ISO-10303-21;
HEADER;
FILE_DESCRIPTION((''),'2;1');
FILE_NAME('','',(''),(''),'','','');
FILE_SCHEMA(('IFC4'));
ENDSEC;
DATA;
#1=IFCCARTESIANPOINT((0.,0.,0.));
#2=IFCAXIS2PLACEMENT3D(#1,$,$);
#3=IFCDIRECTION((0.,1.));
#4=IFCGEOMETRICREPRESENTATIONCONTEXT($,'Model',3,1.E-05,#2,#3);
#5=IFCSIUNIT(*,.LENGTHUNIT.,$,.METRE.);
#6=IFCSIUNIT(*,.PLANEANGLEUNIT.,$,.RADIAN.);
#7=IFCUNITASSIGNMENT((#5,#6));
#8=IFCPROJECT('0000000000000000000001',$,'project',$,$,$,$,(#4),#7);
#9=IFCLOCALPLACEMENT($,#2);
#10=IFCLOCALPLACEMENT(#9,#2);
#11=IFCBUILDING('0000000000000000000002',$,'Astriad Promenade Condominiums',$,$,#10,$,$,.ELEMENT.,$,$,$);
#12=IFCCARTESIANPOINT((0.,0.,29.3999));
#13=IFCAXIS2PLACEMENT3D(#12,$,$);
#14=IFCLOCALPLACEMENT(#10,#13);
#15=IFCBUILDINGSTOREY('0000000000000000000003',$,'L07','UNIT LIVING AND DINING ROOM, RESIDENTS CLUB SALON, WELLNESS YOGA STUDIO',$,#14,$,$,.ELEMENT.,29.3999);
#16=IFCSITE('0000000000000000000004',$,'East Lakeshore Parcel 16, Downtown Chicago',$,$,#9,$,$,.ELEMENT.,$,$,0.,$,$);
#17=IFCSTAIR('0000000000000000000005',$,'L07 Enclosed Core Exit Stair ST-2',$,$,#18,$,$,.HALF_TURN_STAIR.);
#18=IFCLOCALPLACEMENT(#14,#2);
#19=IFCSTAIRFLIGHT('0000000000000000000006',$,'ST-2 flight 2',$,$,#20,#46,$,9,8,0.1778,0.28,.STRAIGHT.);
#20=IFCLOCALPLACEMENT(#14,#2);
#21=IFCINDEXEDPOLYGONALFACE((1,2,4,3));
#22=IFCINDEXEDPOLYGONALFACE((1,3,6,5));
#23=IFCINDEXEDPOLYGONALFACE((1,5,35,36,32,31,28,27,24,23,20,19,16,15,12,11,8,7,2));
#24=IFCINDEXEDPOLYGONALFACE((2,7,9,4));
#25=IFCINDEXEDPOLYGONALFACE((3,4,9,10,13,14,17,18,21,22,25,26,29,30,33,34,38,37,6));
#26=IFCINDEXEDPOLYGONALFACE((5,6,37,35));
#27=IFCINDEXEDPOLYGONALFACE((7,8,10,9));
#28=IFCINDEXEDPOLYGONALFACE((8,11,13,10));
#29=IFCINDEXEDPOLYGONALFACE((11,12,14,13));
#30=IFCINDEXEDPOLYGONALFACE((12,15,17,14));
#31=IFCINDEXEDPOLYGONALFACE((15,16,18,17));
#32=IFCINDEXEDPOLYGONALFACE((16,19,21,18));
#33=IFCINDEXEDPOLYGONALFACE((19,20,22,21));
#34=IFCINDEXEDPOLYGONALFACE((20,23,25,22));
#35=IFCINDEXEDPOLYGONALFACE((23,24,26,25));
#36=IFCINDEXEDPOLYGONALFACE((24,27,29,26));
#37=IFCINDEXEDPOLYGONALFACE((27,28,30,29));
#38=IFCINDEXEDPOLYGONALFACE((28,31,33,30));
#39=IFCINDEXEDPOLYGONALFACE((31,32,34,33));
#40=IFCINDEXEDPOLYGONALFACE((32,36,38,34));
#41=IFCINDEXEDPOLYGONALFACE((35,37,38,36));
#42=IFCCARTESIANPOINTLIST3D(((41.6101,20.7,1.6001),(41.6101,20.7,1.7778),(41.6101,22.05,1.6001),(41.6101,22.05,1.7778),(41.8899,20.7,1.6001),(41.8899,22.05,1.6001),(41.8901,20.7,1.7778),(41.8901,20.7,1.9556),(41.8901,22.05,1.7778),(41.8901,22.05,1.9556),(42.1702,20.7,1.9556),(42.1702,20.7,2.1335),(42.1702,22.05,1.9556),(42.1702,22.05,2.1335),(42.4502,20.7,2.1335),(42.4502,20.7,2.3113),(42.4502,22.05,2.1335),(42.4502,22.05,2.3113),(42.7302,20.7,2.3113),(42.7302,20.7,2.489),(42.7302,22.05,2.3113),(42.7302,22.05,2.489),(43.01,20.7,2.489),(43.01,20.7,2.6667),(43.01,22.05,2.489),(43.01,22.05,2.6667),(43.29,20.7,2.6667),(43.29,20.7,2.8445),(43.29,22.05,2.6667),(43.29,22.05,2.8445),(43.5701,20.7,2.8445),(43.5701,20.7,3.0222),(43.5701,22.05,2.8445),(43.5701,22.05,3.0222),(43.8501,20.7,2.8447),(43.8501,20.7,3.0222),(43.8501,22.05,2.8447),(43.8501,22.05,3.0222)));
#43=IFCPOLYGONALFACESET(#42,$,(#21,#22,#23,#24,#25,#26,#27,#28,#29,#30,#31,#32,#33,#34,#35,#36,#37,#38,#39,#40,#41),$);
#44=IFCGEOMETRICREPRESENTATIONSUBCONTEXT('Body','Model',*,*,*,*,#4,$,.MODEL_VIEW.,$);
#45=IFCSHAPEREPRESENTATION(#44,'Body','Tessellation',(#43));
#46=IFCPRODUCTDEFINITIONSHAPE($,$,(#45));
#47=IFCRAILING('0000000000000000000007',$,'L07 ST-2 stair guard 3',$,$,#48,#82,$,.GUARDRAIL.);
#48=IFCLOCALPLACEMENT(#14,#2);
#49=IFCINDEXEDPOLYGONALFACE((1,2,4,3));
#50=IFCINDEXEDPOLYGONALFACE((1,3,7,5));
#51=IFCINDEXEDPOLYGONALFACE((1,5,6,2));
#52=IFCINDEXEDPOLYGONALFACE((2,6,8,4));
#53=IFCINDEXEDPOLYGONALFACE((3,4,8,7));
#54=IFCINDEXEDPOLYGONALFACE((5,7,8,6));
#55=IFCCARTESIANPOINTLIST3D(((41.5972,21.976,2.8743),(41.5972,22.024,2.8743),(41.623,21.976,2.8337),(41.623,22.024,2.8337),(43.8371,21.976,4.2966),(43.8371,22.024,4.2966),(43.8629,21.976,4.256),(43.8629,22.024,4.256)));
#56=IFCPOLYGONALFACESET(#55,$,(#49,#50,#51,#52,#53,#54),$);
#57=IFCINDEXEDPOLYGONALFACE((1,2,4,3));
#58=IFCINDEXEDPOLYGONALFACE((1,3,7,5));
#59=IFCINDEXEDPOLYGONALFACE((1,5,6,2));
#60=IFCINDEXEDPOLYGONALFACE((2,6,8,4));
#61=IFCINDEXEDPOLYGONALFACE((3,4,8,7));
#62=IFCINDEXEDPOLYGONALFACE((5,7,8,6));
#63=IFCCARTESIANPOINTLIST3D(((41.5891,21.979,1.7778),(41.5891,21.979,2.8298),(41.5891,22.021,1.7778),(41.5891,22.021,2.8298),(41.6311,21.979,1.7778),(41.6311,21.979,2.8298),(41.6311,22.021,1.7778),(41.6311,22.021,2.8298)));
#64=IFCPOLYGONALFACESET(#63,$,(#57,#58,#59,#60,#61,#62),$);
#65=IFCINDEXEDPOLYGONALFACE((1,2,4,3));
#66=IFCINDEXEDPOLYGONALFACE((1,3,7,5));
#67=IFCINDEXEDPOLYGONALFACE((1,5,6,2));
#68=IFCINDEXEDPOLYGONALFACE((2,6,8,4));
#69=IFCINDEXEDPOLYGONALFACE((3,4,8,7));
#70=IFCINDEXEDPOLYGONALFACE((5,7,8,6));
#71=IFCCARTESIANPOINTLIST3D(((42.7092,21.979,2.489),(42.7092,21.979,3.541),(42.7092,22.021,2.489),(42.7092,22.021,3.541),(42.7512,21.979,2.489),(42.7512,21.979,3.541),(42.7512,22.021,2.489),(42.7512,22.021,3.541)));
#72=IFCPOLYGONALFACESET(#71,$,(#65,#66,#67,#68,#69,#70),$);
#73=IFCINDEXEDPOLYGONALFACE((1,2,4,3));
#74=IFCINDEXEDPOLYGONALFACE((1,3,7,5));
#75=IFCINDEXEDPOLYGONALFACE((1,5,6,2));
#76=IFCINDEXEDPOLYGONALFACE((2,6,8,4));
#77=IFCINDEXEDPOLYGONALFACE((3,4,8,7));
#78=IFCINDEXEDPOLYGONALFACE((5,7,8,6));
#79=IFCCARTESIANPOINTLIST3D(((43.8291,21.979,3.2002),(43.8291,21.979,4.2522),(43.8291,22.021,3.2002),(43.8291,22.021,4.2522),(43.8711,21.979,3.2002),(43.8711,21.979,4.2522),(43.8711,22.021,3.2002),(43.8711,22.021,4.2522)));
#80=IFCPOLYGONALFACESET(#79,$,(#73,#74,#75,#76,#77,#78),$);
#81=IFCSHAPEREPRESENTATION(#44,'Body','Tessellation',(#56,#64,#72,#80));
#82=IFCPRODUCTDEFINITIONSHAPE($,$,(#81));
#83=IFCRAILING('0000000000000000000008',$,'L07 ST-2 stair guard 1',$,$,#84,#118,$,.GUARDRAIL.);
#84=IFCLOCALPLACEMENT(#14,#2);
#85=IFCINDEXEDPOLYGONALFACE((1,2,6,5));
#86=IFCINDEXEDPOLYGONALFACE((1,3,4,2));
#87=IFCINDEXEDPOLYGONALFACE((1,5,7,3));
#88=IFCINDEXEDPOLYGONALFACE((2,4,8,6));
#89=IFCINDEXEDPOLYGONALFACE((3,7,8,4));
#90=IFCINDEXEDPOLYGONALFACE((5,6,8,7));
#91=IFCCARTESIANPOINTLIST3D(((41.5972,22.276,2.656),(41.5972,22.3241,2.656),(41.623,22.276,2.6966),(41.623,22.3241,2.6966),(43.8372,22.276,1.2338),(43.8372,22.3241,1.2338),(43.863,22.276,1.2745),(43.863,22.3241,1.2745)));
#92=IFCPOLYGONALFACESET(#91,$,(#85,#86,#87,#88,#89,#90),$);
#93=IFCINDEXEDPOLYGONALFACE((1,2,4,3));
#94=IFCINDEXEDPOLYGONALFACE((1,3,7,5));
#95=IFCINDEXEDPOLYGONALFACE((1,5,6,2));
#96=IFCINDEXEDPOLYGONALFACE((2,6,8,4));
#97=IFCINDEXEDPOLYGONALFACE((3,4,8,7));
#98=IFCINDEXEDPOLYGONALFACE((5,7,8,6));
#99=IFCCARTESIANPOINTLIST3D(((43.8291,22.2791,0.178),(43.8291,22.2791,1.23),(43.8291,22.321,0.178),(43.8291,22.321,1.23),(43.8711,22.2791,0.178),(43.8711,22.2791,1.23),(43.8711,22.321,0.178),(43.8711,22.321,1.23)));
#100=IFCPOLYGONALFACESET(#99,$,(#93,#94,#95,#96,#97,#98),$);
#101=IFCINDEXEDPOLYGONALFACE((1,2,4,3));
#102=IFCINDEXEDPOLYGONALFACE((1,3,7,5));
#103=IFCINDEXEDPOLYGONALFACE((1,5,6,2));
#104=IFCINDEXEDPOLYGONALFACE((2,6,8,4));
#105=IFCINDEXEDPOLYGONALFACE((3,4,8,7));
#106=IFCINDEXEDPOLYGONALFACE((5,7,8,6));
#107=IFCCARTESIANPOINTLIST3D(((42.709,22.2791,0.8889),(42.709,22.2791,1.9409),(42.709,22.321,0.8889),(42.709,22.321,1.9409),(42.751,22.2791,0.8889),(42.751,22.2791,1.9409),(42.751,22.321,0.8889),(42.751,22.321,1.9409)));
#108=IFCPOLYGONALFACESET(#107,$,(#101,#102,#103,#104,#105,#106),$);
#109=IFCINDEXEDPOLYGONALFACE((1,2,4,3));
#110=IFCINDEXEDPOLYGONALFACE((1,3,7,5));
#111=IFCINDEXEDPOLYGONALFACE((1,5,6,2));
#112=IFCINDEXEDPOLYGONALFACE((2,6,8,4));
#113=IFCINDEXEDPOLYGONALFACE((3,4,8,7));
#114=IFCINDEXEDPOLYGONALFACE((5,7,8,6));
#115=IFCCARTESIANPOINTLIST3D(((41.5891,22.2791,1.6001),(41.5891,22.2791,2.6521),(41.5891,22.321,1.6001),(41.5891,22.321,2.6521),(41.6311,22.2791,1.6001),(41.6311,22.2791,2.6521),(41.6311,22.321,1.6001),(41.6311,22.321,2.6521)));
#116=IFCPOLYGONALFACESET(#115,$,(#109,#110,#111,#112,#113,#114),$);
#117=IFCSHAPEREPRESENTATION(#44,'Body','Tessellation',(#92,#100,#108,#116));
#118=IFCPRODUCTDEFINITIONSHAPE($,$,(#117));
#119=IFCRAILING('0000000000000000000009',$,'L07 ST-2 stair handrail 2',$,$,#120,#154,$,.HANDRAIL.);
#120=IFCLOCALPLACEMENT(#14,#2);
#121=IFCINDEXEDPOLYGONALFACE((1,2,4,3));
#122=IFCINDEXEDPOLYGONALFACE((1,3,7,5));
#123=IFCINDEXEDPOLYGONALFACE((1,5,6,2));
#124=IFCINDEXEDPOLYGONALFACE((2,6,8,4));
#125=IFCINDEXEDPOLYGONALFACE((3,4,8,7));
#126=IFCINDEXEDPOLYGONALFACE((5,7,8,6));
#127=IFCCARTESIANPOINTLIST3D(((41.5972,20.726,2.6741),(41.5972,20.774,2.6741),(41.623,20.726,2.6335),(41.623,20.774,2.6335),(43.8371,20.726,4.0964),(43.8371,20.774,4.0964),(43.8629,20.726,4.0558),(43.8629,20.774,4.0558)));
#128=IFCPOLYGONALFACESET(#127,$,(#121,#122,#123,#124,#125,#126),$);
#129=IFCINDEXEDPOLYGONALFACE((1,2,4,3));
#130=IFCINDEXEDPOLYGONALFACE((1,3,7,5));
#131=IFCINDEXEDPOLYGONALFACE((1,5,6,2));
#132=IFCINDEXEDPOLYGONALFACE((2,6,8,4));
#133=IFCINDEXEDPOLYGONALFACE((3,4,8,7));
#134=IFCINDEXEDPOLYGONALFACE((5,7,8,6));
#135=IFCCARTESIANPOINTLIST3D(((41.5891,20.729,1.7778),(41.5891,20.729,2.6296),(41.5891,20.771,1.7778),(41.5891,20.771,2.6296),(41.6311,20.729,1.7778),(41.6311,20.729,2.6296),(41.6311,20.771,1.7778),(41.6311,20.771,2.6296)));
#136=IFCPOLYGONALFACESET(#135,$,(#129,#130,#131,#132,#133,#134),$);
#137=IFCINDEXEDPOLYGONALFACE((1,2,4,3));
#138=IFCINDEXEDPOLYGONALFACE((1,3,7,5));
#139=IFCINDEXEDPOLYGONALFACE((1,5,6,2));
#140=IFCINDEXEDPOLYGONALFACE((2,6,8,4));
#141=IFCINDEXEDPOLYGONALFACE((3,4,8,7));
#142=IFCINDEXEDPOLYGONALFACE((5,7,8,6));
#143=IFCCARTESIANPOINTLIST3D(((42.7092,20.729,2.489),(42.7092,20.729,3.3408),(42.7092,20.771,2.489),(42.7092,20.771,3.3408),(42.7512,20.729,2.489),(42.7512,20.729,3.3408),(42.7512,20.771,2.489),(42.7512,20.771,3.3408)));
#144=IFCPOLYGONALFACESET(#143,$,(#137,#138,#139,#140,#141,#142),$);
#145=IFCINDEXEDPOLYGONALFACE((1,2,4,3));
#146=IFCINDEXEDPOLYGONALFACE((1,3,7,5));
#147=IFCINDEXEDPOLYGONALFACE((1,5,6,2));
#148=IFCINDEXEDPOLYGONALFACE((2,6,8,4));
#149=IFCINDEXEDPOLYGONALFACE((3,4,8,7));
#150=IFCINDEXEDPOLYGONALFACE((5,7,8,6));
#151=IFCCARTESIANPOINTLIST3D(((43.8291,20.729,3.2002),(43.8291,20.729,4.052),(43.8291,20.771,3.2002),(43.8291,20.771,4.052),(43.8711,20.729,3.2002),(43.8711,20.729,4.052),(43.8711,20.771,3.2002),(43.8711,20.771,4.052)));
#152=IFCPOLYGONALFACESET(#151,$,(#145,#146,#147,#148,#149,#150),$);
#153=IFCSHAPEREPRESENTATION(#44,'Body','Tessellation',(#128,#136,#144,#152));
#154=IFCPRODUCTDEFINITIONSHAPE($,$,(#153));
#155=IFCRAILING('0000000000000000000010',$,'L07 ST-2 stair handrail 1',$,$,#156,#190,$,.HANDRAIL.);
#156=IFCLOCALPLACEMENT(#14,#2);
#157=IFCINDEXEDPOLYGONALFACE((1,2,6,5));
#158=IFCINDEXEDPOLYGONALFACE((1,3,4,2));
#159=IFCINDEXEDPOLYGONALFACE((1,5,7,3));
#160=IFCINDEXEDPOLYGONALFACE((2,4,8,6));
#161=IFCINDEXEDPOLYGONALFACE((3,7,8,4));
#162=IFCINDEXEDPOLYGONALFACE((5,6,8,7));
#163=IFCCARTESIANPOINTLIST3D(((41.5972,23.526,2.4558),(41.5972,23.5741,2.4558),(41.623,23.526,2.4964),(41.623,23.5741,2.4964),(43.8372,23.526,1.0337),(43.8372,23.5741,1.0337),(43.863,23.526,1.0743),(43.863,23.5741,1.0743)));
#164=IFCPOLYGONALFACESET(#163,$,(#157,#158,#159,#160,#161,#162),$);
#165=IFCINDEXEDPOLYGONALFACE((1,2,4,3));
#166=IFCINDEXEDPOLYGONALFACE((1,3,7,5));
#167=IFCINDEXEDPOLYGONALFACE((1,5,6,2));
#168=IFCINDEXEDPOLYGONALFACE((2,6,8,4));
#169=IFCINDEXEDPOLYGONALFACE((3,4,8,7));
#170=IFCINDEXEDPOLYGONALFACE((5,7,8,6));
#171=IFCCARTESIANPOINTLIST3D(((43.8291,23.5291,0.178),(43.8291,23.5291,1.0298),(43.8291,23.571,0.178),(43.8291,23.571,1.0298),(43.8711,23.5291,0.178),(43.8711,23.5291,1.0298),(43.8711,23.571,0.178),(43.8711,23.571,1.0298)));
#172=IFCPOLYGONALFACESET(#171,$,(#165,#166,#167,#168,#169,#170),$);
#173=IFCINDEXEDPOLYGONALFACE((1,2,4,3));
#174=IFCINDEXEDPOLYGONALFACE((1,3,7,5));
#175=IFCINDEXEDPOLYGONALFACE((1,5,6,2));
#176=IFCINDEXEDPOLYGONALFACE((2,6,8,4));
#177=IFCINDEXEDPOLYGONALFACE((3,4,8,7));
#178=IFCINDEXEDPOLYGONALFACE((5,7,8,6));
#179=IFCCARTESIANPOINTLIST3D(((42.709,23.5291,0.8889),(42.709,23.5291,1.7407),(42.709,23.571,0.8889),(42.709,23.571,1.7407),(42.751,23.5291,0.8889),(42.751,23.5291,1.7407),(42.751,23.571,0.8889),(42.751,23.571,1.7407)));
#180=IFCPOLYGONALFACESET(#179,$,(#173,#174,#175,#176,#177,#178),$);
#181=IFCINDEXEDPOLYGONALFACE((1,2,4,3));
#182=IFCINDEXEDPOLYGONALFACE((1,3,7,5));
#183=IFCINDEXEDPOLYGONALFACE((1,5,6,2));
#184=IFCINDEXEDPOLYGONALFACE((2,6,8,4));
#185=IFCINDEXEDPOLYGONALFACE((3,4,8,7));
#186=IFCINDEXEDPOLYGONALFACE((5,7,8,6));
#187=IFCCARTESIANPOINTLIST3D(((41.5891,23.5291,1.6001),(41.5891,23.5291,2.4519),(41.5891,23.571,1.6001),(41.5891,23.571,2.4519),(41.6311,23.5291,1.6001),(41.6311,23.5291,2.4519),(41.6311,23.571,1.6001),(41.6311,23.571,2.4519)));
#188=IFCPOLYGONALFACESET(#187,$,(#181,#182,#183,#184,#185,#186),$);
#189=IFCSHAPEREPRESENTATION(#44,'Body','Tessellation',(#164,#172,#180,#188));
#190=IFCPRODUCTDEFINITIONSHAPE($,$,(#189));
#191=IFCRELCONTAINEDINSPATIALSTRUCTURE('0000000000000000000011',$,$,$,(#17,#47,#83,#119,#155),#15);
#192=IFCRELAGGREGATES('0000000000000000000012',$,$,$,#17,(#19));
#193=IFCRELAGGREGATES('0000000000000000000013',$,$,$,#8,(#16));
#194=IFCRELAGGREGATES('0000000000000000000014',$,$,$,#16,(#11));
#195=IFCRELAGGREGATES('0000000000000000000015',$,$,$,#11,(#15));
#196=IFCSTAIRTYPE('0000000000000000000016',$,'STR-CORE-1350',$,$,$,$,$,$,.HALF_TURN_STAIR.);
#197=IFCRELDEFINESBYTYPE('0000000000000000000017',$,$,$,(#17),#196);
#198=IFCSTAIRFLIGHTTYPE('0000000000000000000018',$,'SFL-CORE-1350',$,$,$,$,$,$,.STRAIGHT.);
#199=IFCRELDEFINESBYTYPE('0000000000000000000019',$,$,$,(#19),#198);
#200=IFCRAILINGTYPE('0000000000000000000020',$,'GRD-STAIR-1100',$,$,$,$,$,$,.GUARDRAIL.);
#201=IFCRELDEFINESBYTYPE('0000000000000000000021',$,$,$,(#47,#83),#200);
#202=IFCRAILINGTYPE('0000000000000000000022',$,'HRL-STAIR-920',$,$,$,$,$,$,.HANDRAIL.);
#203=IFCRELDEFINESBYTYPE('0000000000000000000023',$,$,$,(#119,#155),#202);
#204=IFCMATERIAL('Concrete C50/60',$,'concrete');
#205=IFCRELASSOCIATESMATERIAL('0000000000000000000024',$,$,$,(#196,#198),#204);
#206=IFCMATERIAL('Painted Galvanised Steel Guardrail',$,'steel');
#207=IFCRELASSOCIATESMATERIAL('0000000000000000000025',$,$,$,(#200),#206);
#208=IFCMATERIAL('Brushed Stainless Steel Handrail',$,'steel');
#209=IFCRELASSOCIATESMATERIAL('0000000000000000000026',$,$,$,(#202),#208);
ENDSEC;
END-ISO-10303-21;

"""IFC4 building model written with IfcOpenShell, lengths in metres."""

from ifc_helpers import new_model, si_unit, direction, frame, origin, origin_2d, place, context, subcontext, project, spatial, polyline, rectangle, outline, extrude, source, transform, mapped, material, type_object, type_shapes, element, aggregate, save


model = new_model("IFC4")

# Units and contexts
model_context = context("Model", 3, precision=1e-05, world=origin(), true_north=direction((0.0, 1.0)))
body_context = subcontext(model_context, "Body", "Model", "MODEL_VIEW")
ifc_project = project(units=[si_unit("LENGTHUNIT", "METRE"), si_unit("PLANEANGLEUNIT", "RADIAN")], contexts=[model_context])

# Site, building, storey
site_placement = place(None, origin())
site = spatial("IfcSite", under=ifc_project, at=site_placement, Name="East Lakeshore Parcel 16, Downtown Chicago", CompositionType="ELEMENT", RefElevation=0.0)
building_placement = place(site_placement, origin())
building = spatial("IfcBuilding", under=site, at=building_placement, Name="Astriad Promenade Condominiums", CompositionType="ELEMENT")
storey_placement = place(building_placement, frame((0.0, 0.0, 29.3999)))
storey = spatial("IfcBuildingStorey", under=building, at=storey_placement, Name="L07", Description="UNIT LIVING AND DINING ROOM, RESIDENTS CLUB SALON, WELLNESS YOGA STUDIO", CompositionType="ELEMENT", Elevation=29.3999)

# Shared definitions
ifc_material_1 = material(Name="Concrete C50/60", Category="concrete")

# Stair, stair flight
stair_type = type_object("IfcStairType", Name="STR-CORE-1350", PredefinedType="HALF_TURN_STAIR", material=ifc_material_1)
stair_placement = place(storey_placement, origin())
stair = element("IfcStair", 1, at=stair_placement, inside=storey, type_object=stair_type, Name="L07 Enclosed Core Exit Stair ST-2", PredefinedType="HALF_TURN_STAIR")
stair_flight_type = type_object("IfcStairFlightType", Name="SFL-CORE-1350", PredefinedType="STRAIGHT", material=ifc_material_1)
shared_shape_1 = source(origin(), body_context, "Body", "SweptSolid", [
    extrude(outline(polyline([(0.0, 0.0), (0.0, 0.1777), (0.28, 0.1777), (0.28, 0.3555), (0.5601, 0.3555), (0.5601, 0.5334), (0.8401, 0.5334), (0.8401, 0.7112), (1.1201, 0.7112), (1.1201, 0.8889), (1.3999, 0.8889), (1.3999, 1.0667), (1.6799, 1.0667), (1.6799, 1.2444), (1.96, 1.2444), (1.96, 1.4221), (2.24, 1.4221), (2.24, 1.6001), (2.24, 1.2446), (0.2798, 0.0), (0.0, 0.0)])), frame((0.0, 0.675, 0.0), z_axis=(0.0, -1.0, 0.0), x_axis=(1.0, 0.0, 0.0)), (0.0, 0.0, 1.0), 1.3501),
])
type_shapes(stair_flight_type, [shared_shape_1])
stair_flight_1_placement = place(storey_placement, frame((41.6101, 21.375, 1.6001), z_axis=(0.0, 0.0, 1.0), x_axis=(1.0, 0.0, 0.0)))
stair_flight_1 = element("IfcStairFlight", 2, at=stair_flight_1_placement, type_object=stair_flight_type, Name="ST-2 flight 2", NumberOfRisers=9, NumberOfTreads=8, PredefinedType="STRAIGHT", RiserHeight=0.1778, TreadLength=0.28, context=body_context, shape_type="MappedRepresentation", body=[
    mapped(shared_shape_1, transform((0.0, 0.0, 0.0), scale=1.0)),
])
aggregate(stair, [stair_flight_1])

# Railings
ifc_material_2 = material(Name="Painted Galvanised Steel Guardrail", Category="steel")
railing_type_1 = type_object("IfcRailingType", Name="GRD-STAIR-1100", PredefinedType="GUARDRAIL", material=ifc_material_2)
shared_shape_2 = source(origin(), body_context, "Body", "SweptSolid", [
    extrude(rectangle(XDim=0.0481, YDim=0.0481, at=origin_2d()), frame((0.0, 0.0, 1.0762), z_axis=(0.844188, 0.0, 0.536048), x_axis=(0.0, 1.0, 0.0)), (0.0, 0.0, 1.0), 2.6533),
    extrude(rectangle(XDim=0.042, YDim=0.042, at=origin_2d()), origin(), (0.0, 0.0, 1.0), 1.052),
    extrude(rectangle(XDim=0.042, YDim=0.042, at=origin_2d()), frame((1.1201, 0.0, 0.7112)), (0.0, 0.0, 1.0), 1.052),
    extrude(rectangle(XDim=0.042, YDim=0.042, at=origin_2d()), frame((2.24, 0.0, 1.4224)), (0.0, 0.0, 1.0), 1.052),
])
railing_1_placement = place(storey_placement, frame((41.6101, 22.0, 1.7778)))
element("IfcRailing", 3, at=railing_1_placement, inside=storey, type_object=railing_type_1, Name="L07 ST-2 stair guard 3", PredefinedType="GUARDRAIL", context=body_context, shape_type="MappedRepresentation", body=[
    mapped(shared_shape_2, transform((0.0, 0.0, 0.0), scale=1.0)),
])
shared_shape_3 = source(origin(), body_context, "Body", "SweptSolid", [
    extrude(rectangle(XDim=0.0481, YDim=0.0481, at=origin_2d()), frame((0.0, 0.0, 1.0762), z_axis=(-0.844229, 0.0, 0.535982), x_axis=(0.0, -1.0, 0.0)), (0.0, 0.0, 1.0), 2.6533),
    extrude(rectangle(XDim=0.042, YDim=0.042, at=origin_2d()), origin(), (0.0, 0.0, 1.0), 1.052),
    extrude(rectangle(XDim=0.042, YDim=0.042, at=origin_2d()), frame((-1.1201, 0.0, 0.7109)), (0.0, 0.0, 1.0), 1.052),
    extrude(rectangle(XDim=0.042, YDim=0.042, at=origin_2d()), frame((-2.24, 0.0, 1.4221)), (0.0, 0.0, 1.0), 1.052),
])
railing_2_placement = place(storey_placement, frame((43.8501, 22.3, 0.178)))
element("IfcRailing", 4, at=railing_2_placement, inside=storey, type_object=railing_type_1, Name="L07 ST-2 stair guard 1", PredefinedType="GUARDRAIL", context=body_context, shape_type="MappedRepresentation", body=[
    mapped(shared_shape_3, transform((0.0, 0.0, 0.0), scale=1.0)),
])
ifc_material_3 = material(Name="Brushed Stainless Steel Handrail", Category="steel")
railing_type_2 = type_object("IfcRailingType", Name="HRL-STAIR-920", PredefinedType="HANDRAIL", material=ifc_material_3)
shared_shape_4 = source(origin(), body_context, "Body", "SweptSolid", [
    extrude(rectangle(XDim=0.0481, YDim=0.0481, at=origin_2d()), frame((0.0, 0.0, 0.876), z_axis=(0.844188, 0.0, 0.536048), x_axis=(0.0, 1.0, 0.0)), (0.0, 0.0, 1.0), 2.6533),
    extrude(rectangle(XDim=0.042, YDim=0.042, at=origin_2d()), origin(), (0.0, 0.0, 1.0), 0.8518),
    extrude(rectangle(XDim=0.042, YDim=0.042, at=origin_2d()), frame((1.1201, 0.0, 0.7112)), (0.0, 0.0, 1.0), 0.8518),
    extrude(rectangle(XDim=0.042, YDim=0.042, at=origin_2d()), frame((2.24, 0.0, 1.4224)), (0.0, 0.0, 1.0), 0.8518),
])
railing_3_placement = place(storey_placement, frame((41.6101, 20.75, 1.7778)))
element("IfcRailing", 5, at=railing_3_placement, inside=storey, type_object=railing_type_2, Name="L07 ST-2 stair handrail 2", PredefinedType="HANDRAIL", context=body_context, shape_type="MappedRepresentation", body=[
    mapped(shared_shape_4, transform((0.0, 0.0, 0.0), scale=1.0)),
])
shared_shape_5 = source(origin(), body_context, "Body", "SweptSolid", [
    extrude(rectangle(XDim=0.0481, YDim=0.0481, at=origin_2d()), frame((0.0, 0.0, 0.876), z_axis=(-0.844229, 0.0, 0.535982), x_axis=(0.0, -1.0, 0.0)), (0.0, 0.0, 1.0), 2.6533),
    extrude(rectangle(XDim=0.042, YDim=0.042, at=origin_2d()), origin(), (0.0, 0.0, 1.0), 0.8518),
    extrude(rectangle(XDim=0.042, YDim=0.042, at=origin_2d()), frame((-1.1201, 0.0, 0.7109)), (0.0, 0.0, 1.0), 0.8518),
    extrude(rectangle(XDim=0.042, YDim=0.042, at=origin_2d()), frame((-2.24, 0.0, 1.4221)), (0.0, 0.0, 1.0), 0.8518),
])
type_shapes(railing_type_2, [shared_shape_4, shared_shape_5])
railing_4_placement = place(storey_placement, frame((43.8501, 23.55, 0.178)))
element("IfcRailing", 6, at=railing_4_placement, inside=storey, type_object=railing_type_2, Name="L07 ST-2 stair handrail 1", PredefinedType="HANDRAIL", context=body_context, shape_type="MappedRepresentation", body=[
    mapped(shared_shape_5, transform((0.0, 0.0, 0.0), scale=1.0)),
])

save(model, "model.ifc")
